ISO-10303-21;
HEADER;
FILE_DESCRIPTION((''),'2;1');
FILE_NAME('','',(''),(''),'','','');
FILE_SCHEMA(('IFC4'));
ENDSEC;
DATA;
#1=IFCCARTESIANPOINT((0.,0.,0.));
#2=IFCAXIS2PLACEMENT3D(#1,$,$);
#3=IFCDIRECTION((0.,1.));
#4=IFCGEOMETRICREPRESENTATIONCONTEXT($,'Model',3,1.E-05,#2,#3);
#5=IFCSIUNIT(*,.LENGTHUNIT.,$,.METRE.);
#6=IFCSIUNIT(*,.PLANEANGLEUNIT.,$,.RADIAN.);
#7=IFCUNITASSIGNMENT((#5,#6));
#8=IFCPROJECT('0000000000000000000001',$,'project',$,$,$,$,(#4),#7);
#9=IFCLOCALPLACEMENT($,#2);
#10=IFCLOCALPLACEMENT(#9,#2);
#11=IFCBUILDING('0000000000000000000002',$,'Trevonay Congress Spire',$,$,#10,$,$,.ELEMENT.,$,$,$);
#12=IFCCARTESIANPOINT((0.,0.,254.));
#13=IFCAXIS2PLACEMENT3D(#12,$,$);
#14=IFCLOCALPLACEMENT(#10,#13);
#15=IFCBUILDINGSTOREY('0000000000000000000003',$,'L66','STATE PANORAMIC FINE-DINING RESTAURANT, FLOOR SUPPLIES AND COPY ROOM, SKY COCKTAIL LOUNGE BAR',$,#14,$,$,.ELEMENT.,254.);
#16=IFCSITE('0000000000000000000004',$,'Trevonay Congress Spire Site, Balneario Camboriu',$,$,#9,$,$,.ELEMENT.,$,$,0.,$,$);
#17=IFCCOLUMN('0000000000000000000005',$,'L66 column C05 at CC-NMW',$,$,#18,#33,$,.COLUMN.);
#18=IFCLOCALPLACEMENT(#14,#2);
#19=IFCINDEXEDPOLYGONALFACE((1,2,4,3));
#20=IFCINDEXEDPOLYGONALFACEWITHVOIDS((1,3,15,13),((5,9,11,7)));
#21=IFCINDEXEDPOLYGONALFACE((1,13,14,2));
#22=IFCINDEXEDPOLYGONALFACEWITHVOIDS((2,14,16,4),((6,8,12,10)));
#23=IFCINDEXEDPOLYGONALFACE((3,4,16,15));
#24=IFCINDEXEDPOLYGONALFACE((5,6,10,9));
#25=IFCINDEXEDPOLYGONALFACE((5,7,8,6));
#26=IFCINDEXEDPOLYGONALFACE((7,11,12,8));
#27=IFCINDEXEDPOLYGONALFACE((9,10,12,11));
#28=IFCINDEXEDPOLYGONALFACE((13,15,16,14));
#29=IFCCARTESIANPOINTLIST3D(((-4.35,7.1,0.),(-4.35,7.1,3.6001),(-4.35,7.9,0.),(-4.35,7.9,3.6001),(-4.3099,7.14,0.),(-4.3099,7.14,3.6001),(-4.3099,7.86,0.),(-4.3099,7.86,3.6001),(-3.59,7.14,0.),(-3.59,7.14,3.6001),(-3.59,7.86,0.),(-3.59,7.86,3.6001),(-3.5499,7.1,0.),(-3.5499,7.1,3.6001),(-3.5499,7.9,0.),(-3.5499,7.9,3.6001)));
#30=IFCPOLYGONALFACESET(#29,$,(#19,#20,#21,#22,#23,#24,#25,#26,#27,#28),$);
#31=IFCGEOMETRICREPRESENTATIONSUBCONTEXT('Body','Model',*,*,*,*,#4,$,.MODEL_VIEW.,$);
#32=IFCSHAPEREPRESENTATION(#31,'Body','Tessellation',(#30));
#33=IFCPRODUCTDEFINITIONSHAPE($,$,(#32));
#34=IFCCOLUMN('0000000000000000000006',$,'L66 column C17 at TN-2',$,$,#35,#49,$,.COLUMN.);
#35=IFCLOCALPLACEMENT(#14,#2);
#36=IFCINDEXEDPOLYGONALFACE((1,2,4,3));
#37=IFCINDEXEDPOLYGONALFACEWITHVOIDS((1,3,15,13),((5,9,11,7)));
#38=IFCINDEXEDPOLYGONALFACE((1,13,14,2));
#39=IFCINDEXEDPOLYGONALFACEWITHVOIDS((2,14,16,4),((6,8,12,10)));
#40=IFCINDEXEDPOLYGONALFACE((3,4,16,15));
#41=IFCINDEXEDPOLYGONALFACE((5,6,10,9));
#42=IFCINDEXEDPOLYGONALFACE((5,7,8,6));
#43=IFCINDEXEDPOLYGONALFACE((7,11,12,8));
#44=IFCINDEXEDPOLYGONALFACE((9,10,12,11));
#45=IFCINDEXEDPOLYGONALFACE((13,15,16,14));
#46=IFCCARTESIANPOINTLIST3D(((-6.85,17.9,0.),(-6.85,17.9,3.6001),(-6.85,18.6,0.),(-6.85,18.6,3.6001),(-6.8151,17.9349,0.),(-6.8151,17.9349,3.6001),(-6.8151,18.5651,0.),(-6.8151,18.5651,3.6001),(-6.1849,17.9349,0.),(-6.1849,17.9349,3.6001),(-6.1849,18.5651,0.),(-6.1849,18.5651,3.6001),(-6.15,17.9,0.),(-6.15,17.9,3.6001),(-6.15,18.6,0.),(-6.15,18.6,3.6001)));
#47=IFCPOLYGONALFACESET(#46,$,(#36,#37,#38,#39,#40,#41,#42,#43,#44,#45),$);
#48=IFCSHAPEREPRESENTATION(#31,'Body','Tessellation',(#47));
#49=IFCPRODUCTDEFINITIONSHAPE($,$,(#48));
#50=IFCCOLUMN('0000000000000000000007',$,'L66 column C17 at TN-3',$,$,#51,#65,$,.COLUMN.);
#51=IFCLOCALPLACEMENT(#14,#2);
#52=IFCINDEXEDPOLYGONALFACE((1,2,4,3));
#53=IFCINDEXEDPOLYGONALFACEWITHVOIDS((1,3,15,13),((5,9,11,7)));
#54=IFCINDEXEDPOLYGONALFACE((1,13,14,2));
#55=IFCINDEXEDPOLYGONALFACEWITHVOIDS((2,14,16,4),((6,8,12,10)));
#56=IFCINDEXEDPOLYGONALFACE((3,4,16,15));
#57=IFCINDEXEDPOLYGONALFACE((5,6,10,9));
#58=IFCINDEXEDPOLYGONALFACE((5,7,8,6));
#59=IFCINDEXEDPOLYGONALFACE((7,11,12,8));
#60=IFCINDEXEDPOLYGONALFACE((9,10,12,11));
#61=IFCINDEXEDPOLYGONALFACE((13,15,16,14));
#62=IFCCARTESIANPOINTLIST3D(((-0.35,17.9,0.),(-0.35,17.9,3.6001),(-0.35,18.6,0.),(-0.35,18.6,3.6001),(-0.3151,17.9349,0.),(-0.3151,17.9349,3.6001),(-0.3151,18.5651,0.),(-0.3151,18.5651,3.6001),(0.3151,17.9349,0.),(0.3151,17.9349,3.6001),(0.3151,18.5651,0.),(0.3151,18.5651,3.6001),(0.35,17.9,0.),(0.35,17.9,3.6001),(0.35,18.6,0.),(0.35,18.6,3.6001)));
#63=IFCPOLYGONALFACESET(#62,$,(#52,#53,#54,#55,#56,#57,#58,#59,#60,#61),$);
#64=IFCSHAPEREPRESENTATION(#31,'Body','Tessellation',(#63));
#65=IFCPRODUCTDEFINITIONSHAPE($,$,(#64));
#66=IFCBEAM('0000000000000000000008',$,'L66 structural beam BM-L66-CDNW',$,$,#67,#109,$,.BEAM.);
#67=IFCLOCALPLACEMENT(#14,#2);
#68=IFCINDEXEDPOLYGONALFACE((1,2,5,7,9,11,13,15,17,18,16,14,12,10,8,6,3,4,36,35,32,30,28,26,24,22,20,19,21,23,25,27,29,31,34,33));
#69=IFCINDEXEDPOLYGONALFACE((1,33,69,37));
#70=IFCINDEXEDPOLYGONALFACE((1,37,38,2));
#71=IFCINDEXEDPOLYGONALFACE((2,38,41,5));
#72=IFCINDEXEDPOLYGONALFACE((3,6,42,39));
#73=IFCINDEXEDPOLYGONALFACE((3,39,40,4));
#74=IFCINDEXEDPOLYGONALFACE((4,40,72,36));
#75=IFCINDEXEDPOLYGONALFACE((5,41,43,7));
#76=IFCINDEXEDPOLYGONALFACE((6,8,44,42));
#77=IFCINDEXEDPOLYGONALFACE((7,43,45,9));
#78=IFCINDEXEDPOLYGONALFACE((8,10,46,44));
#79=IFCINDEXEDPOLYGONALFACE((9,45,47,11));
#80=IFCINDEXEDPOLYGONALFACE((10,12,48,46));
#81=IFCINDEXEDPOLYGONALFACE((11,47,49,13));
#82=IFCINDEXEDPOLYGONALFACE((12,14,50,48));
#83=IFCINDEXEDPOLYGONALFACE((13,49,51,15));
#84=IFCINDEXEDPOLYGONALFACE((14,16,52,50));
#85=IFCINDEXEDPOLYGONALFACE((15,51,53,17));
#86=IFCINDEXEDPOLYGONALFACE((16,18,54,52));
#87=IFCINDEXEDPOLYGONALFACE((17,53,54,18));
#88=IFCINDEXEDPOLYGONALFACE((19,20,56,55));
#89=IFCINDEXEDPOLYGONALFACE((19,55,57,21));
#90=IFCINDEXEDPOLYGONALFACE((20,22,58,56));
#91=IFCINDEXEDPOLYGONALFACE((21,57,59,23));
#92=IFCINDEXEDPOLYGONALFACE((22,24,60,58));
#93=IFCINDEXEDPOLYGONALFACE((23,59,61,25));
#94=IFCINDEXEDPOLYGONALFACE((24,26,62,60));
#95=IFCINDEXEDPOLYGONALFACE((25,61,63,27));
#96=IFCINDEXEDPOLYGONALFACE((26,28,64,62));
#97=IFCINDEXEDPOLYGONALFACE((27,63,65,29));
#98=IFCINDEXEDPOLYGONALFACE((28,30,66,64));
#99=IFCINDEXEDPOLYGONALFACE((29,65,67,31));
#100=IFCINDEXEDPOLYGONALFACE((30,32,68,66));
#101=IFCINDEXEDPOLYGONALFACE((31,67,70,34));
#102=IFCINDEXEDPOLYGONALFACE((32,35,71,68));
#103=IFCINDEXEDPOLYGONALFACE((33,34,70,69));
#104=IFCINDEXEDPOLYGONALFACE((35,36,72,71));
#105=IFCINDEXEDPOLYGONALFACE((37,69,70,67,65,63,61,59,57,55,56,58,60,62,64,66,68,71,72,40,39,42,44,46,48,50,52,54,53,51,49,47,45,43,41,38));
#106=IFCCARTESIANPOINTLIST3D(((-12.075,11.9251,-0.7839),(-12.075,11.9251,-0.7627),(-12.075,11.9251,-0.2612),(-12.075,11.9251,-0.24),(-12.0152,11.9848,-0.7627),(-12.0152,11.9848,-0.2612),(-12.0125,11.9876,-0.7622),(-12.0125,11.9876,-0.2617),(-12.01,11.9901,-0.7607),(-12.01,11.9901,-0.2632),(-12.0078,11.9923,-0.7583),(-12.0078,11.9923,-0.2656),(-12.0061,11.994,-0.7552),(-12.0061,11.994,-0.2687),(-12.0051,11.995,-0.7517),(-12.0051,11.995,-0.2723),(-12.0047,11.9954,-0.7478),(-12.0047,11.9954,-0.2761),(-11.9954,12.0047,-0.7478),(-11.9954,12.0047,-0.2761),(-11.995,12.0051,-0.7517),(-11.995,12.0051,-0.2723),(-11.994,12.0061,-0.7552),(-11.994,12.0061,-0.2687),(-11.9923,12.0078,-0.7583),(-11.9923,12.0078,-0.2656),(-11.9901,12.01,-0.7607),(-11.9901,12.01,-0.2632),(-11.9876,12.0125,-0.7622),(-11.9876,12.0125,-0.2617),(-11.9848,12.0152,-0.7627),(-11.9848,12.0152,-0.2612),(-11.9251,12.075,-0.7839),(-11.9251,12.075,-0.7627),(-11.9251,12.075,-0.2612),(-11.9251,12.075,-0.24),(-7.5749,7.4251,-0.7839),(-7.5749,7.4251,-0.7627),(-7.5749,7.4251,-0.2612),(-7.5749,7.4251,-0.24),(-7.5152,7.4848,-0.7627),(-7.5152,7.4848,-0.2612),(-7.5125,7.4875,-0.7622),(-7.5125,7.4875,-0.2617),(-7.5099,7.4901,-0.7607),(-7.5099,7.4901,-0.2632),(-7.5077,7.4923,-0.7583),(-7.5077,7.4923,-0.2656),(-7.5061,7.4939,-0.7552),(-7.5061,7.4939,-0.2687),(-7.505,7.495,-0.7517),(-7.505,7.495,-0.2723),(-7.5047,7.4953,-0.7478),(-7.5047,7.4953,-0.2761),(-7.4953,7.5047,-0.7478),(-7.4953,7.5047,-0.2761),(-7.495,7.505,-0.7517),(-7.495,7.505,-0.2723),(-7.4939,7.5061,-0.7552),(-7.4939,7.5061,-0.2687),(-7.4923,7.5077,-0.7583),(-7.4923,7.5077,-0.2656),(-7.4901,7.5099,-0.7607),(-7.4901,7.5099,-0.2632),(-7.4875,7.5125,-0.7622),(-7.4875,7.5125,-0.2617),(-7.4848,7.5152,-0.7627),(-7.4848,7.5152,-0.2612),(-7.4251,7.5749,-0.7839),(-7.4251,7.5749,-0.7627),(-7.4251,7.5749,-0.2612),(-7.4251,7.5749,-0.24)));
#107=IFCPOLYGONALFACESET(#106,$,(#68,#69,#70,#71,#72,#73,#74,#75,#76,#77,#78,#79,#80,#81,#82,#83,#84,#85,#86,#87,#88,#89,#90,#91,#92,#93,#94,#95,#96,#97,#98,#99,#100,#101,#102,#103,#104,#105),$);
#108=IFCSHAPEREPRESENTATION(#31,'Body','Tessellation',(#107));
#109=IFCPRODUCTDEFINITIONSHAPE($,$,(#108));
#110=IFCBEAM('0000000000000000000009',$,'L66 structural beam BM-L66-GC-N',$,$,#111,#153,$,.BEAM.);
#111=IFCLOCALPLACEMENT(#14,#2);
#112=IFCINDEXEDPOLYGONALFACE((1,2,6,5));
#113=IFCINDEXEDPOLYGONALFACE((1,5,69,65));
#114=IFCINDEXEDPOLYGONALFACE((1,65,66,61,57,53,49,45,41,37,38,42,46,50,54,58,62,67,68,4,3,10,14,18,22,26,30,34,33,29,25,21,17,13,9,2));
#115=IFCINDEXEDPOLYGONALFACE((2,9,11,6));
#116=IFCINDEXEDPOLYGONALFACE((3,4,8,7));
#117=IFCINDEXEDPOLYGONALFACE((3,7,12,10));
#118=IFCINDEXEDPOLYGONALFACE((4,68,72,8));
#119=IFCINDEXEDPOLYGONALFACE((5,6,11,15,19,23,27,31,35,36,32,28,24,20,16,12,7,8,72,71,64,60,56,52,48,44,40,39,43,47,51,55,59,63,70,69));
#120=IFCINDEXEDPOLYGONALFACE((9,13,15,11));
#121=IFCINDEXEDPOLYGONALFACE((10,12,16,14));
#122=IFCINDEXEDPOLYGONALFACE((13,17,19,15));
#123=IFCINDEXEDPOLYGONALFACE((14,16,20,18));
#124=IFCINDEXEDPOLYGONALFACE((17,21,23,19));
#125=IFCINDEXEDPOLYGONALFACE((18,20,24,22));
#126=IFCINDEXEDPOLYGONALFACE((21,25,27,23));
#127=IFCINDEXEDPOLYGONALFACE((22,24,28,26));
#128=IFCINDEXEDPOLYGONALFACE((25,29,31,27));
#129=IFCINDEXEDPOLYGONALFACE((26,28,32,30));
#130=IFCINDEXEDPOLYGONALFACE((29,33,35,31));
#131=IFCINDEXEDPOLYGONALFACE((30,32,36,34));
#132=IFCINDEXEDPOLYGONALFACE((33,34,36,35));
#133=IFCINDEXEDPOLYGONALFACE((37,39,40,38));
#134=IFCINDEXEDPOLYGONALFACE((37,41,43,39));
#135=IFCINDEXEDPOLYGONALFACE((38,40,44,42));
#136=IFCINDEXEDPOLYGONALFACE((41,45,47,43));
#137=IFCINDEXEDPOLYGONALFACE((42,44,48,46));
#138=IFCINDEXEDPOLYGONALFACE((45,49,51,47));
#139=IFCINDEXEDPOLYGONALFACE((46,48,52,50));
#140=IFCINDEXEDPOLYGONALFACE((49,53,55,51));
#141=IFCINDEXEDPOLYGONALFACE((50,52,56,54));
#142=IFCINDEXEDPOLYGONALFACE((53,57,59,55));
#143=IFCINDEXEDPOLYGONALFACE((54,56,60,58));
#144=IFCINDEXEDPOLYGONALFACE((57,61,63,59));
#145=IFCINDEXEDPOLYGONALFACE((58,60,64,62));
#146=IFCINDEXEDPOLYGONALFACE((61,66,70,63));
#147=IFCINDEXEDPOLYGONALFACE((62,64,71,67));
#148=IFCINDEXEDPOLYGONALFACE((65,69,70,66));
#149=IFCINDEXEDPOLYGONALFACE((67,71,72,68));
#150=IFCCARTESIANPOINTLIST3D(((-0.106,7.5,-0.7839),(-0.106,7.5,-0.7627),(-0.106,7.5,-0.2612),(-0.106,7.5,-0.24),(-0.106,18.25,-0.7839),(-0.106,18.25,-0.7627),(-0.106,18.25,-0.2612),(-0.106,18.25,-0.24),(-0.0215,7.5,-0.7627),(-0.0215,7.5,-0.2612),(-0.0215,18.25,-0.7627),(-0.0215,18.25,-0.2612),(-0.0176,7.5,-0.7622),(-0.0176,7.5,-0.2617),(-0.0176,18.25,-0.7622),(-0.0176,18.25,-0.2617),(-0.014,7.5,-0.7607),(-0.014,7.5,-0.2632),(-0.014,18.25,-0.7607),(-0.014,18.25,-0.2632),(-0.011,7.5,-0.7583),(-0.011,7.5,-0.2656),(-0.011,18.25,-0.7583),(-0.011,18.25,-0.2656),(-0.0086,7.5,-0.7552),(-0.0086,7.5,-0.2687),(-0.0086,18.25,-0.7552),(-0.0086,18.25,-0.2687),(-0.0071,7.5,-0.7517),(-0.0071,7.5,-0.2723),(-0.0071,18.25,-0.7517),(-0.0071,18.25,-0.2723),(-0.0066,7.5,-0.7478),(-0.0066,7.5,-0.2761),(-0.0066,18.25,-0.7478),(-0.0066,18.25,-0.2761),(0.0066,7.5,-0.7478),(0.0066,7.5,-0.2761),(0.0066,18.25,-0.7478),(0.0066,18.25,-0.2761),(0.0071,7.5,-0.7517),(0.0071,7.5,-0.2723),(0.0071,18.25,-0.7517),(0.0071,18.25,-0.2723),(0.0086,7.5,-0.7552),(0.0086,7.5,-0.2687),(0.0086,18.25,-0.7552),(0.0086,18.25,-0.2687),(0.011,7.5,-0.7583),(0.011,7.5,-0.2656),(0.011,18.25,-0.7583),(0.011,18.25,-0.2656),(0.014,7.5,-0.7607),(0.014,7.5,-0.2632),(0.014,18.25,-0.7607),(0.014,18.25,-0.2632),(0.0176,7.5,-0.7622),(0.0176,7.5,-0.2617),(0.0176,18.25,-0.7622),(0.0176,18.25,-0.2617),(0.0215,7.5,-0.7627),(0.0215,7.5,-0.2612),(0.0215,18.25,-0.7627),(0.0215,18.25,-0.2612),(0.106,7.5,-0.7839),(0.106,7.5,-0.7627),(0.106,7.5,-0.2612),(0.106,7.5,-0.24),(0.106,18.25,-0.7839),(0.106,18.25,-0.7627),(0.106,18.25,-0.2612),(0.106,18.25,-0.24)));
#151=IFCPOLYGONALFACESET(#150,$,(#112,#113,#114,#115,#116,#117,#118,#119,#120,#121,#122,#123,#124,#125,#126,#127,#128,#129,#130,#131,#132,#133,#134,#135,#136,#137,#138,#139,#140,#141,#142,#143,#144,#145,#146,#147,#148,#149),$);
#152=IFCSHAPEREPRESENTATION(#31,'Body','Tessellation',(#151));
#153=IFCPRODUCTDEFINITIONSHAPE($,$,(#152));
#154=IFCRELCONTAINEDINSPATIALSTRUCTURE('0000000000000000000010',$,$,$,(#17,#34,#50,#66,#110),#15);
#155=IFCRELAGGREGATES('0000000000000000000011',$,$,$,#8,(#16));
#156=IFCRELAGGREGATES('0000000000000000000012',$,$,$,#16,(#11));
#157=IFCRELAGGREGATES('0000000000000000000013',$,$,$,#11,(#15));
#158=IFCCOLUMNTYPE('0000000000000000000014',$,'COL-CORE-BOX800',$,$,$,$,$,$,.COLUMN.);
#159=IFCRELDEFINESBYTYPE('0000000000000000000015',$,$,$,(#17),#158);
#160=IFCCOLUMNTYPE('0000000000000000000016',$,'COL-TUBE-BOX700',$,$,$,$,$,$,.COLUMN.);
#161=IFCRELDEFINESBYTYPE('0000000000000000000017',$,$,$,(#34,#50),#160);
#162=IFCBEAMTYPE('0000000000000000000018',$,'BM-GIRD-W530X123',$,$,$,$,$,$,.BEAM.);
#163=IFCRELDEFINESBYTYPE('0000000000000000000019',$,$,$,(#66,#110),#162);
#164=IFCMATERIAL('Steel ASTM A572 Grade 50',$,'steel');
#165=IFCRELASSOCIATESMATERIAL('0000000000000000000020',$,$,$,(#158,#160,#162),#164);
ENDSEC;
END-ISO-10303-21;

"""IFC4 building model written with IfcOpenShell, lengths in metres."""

from ifc_helpers import new_model, si_unit, direction, frame, origin, origin_2d, place, context, subcontext, project, spatial, hollow_rectangle, i_section, extrude, material, material_profile, profile_set, type_object, element, save


model = new_model("IFC4")

# Units and contexts
model_context = context("Model", 3, precision=1e-05, world=origin(), true_north=direction((0.0, 1.0)))
body_context = subcontext(model_context, "Body", "Model", "MODEL_VIEW")
ifc_project = project(units=[si_unit("LENGTHUNIT", "METRE"), si_unit("PLANEANGLEUNIT", "RADIAN")], contexts=[model_context])

# Site, building, storey
site_placement = place(None, origin())
site = spatial("IfcSite", under=ifc_project, at=site_placement, Name="Trevonay Congress Spire Site, Balneario Camboriu", CompositionType="ELEMENT", RefElevation=0.0)
building_placement = place(site_placement, origin())
building = spatial("IfcBuilding", under=site, at=building_placement, Name="Trevonay Congress Spire", CompositionType="ELEMENT")
storey_placement = place(building_placement, frame((0.0, 0.0, 254.0)))
storey = spatial("IfcBuildingStorey", under=building, at=storey_placement, Name="L66", Description="STATE PANORAMIC FINE-DINING RESTAURANT, FLOOR SUPPLIES AND COPY ROOM, SKY COCKTAIL LOUNGE BAR", CompositionType="ELEMENT", Elevation=254.0)

# Columns
ifc_material_1 = material(Name="Steel ASTM A572 Grade 50", Category="steel")
ifc_material_profile_1 = material_profile(ifc_material_1, hollow_rectangle(XDim=0.8, YDim=0.8, WallThickness=0.04, at=origin_2d()), Name="BOX 800x800x40")
ifc_profile_set_1 = profile_set([ifc_material_profile_1], Name="Steel ASTM A572 Grade 50")
column_type_1 = type_object("IfcColumnType", Name="COL-CORE-BOX800", PredefinedType="COLUMN", material=ifc_profile_set_1)
column_placement = place(storey_placement, frame((-3.95, 7.5, 0.0), z_axis=(0.0, 0.0, 1.0), x_axis=(1.0, 0.0, 0.0)))
element("IfcColumn", 1, at=column_placement, inside=storey, type_object=column_type_1, Name="L66 column C05 at CC-NMW", PredefinedType="COLUMN", context=body_context, shape_type="SweptSolid", body=[
    extrude(hollow_rectangle(XDim=0.8, YDim=0.8, WallThickness=0.04, at=origin_2d()), origin(), (0.0, 0.0, 1.0), 3.6001),
])
ifc_material_profile_2 = material_profile(ifc_material_1, hollow_rectangle(XDim=0.7, YDim=0.7, WallThickness=0.0349, at=origin_2d()), Name="BOX 700x700x35")
ifc_profile_set_2 = profile_set([ifc_material_profile_2], Name="Steel ASTM A572 Grade 50")
column_type_2 = type_object("IfcColumnType", Name="COL-TUBE-BOX700", PredefinedType="COLUMN", material=ifc_profile_set_2)
for number, where, z_axis, x_axis, name in (
    (2, (-6.5, 18.25, 0.0), (0.0, 0.0, 1.0), (1.0, 0.0, 0.0), "L66 column C17 at TN-2"),
    (3, (0.0, 18.25, 0.0), (0.0, 0.0, 1.0), (1.0, 0.0, 0.0), "L66 column C17 at TN-3"),
):
    element("IfcColumn", number, at=place(storey_placement, frame(where, z_axis=z_axis, x_axis=x_axis)), inside=storey, type_object=column_type_2, Name=name, PredefinedType="COLUMN", context=body_context, shape_type="SweptSolid", body=[
        extrude(hollow_rectangle(XDim=0.7, YDim=0.7, WallThickness=0.0349, at=origin_2d()), origin(), (0.0, 0.0, 1.0), 3.6001),
    ])

# Beams
ifc_material_profile_3 = material_profile(ifc_material_1, i_section(OverallWidth=0.2119, OverallDepth=0.5439, WebThickness=0.0132, FlangeThickness=0.0212, FilletRadius=0.0149, at=origin_2d()), Name="W530x123")
ifc_profile_set_3 = profile_set([ifc_material_profile_3], Name="Steel ASTM A572 Grade 50")
beam_type_1 = type_object("IfcBeamType", Name="BM-GIRD-W530X123", PredefinedType="BEAM", material=ifc_profile_set_3)
beam_1_placement = place(storey_placement, frame((-7.5, 7.5, -0.512), z_axis=(-0.707107, 0.707107, 0.0), x_axis=(-0.707107, -0.707107, 0.0)))
element("IfcBeam", 4, at=beam_1_placement, inside=storey, type_object=beam_type_1, Name="L66 structural beam BM-L66-CDNW", PredefinedType="BEAM", context=body_context, shape_type="SweptSolid", body=[
    extrude(i_section(OverallWidth=0.2119, OverallDepth=0.5439, WebThickness=0.0132, FlangeThickness=0.0212, FilletRadius=0.0149, at=origin_2d()), origin(), (0.0, 0.0, 1.0), 6.364),
])
beam_2_placement = place(storey_placement, frame((0.0, 7.5, -0.512), z_axis=(0.0, 1.0, 0.0), x_axis=(-1.0, 0.0, 0.0)))
element("IfcBeam", 5, at=beam_2_placement, inside=storey, type_object=beam_type_1, Name="L66 structural beam BM-L66-GC-N", PredefinedType="BEAM", context=body_context, shape_type="SweptSolid", body=[
    extrude(i_section(OverallWidth=0.2119, OverallDepth=0.5439, WebThickness=0.0132, FlangeThickness=0.0212, FilletRadius=0.0149, at=origin_2d()), origin(), (0.0, 0.0, 1.0), 10.75),
])

save(model, "model.ifc")
